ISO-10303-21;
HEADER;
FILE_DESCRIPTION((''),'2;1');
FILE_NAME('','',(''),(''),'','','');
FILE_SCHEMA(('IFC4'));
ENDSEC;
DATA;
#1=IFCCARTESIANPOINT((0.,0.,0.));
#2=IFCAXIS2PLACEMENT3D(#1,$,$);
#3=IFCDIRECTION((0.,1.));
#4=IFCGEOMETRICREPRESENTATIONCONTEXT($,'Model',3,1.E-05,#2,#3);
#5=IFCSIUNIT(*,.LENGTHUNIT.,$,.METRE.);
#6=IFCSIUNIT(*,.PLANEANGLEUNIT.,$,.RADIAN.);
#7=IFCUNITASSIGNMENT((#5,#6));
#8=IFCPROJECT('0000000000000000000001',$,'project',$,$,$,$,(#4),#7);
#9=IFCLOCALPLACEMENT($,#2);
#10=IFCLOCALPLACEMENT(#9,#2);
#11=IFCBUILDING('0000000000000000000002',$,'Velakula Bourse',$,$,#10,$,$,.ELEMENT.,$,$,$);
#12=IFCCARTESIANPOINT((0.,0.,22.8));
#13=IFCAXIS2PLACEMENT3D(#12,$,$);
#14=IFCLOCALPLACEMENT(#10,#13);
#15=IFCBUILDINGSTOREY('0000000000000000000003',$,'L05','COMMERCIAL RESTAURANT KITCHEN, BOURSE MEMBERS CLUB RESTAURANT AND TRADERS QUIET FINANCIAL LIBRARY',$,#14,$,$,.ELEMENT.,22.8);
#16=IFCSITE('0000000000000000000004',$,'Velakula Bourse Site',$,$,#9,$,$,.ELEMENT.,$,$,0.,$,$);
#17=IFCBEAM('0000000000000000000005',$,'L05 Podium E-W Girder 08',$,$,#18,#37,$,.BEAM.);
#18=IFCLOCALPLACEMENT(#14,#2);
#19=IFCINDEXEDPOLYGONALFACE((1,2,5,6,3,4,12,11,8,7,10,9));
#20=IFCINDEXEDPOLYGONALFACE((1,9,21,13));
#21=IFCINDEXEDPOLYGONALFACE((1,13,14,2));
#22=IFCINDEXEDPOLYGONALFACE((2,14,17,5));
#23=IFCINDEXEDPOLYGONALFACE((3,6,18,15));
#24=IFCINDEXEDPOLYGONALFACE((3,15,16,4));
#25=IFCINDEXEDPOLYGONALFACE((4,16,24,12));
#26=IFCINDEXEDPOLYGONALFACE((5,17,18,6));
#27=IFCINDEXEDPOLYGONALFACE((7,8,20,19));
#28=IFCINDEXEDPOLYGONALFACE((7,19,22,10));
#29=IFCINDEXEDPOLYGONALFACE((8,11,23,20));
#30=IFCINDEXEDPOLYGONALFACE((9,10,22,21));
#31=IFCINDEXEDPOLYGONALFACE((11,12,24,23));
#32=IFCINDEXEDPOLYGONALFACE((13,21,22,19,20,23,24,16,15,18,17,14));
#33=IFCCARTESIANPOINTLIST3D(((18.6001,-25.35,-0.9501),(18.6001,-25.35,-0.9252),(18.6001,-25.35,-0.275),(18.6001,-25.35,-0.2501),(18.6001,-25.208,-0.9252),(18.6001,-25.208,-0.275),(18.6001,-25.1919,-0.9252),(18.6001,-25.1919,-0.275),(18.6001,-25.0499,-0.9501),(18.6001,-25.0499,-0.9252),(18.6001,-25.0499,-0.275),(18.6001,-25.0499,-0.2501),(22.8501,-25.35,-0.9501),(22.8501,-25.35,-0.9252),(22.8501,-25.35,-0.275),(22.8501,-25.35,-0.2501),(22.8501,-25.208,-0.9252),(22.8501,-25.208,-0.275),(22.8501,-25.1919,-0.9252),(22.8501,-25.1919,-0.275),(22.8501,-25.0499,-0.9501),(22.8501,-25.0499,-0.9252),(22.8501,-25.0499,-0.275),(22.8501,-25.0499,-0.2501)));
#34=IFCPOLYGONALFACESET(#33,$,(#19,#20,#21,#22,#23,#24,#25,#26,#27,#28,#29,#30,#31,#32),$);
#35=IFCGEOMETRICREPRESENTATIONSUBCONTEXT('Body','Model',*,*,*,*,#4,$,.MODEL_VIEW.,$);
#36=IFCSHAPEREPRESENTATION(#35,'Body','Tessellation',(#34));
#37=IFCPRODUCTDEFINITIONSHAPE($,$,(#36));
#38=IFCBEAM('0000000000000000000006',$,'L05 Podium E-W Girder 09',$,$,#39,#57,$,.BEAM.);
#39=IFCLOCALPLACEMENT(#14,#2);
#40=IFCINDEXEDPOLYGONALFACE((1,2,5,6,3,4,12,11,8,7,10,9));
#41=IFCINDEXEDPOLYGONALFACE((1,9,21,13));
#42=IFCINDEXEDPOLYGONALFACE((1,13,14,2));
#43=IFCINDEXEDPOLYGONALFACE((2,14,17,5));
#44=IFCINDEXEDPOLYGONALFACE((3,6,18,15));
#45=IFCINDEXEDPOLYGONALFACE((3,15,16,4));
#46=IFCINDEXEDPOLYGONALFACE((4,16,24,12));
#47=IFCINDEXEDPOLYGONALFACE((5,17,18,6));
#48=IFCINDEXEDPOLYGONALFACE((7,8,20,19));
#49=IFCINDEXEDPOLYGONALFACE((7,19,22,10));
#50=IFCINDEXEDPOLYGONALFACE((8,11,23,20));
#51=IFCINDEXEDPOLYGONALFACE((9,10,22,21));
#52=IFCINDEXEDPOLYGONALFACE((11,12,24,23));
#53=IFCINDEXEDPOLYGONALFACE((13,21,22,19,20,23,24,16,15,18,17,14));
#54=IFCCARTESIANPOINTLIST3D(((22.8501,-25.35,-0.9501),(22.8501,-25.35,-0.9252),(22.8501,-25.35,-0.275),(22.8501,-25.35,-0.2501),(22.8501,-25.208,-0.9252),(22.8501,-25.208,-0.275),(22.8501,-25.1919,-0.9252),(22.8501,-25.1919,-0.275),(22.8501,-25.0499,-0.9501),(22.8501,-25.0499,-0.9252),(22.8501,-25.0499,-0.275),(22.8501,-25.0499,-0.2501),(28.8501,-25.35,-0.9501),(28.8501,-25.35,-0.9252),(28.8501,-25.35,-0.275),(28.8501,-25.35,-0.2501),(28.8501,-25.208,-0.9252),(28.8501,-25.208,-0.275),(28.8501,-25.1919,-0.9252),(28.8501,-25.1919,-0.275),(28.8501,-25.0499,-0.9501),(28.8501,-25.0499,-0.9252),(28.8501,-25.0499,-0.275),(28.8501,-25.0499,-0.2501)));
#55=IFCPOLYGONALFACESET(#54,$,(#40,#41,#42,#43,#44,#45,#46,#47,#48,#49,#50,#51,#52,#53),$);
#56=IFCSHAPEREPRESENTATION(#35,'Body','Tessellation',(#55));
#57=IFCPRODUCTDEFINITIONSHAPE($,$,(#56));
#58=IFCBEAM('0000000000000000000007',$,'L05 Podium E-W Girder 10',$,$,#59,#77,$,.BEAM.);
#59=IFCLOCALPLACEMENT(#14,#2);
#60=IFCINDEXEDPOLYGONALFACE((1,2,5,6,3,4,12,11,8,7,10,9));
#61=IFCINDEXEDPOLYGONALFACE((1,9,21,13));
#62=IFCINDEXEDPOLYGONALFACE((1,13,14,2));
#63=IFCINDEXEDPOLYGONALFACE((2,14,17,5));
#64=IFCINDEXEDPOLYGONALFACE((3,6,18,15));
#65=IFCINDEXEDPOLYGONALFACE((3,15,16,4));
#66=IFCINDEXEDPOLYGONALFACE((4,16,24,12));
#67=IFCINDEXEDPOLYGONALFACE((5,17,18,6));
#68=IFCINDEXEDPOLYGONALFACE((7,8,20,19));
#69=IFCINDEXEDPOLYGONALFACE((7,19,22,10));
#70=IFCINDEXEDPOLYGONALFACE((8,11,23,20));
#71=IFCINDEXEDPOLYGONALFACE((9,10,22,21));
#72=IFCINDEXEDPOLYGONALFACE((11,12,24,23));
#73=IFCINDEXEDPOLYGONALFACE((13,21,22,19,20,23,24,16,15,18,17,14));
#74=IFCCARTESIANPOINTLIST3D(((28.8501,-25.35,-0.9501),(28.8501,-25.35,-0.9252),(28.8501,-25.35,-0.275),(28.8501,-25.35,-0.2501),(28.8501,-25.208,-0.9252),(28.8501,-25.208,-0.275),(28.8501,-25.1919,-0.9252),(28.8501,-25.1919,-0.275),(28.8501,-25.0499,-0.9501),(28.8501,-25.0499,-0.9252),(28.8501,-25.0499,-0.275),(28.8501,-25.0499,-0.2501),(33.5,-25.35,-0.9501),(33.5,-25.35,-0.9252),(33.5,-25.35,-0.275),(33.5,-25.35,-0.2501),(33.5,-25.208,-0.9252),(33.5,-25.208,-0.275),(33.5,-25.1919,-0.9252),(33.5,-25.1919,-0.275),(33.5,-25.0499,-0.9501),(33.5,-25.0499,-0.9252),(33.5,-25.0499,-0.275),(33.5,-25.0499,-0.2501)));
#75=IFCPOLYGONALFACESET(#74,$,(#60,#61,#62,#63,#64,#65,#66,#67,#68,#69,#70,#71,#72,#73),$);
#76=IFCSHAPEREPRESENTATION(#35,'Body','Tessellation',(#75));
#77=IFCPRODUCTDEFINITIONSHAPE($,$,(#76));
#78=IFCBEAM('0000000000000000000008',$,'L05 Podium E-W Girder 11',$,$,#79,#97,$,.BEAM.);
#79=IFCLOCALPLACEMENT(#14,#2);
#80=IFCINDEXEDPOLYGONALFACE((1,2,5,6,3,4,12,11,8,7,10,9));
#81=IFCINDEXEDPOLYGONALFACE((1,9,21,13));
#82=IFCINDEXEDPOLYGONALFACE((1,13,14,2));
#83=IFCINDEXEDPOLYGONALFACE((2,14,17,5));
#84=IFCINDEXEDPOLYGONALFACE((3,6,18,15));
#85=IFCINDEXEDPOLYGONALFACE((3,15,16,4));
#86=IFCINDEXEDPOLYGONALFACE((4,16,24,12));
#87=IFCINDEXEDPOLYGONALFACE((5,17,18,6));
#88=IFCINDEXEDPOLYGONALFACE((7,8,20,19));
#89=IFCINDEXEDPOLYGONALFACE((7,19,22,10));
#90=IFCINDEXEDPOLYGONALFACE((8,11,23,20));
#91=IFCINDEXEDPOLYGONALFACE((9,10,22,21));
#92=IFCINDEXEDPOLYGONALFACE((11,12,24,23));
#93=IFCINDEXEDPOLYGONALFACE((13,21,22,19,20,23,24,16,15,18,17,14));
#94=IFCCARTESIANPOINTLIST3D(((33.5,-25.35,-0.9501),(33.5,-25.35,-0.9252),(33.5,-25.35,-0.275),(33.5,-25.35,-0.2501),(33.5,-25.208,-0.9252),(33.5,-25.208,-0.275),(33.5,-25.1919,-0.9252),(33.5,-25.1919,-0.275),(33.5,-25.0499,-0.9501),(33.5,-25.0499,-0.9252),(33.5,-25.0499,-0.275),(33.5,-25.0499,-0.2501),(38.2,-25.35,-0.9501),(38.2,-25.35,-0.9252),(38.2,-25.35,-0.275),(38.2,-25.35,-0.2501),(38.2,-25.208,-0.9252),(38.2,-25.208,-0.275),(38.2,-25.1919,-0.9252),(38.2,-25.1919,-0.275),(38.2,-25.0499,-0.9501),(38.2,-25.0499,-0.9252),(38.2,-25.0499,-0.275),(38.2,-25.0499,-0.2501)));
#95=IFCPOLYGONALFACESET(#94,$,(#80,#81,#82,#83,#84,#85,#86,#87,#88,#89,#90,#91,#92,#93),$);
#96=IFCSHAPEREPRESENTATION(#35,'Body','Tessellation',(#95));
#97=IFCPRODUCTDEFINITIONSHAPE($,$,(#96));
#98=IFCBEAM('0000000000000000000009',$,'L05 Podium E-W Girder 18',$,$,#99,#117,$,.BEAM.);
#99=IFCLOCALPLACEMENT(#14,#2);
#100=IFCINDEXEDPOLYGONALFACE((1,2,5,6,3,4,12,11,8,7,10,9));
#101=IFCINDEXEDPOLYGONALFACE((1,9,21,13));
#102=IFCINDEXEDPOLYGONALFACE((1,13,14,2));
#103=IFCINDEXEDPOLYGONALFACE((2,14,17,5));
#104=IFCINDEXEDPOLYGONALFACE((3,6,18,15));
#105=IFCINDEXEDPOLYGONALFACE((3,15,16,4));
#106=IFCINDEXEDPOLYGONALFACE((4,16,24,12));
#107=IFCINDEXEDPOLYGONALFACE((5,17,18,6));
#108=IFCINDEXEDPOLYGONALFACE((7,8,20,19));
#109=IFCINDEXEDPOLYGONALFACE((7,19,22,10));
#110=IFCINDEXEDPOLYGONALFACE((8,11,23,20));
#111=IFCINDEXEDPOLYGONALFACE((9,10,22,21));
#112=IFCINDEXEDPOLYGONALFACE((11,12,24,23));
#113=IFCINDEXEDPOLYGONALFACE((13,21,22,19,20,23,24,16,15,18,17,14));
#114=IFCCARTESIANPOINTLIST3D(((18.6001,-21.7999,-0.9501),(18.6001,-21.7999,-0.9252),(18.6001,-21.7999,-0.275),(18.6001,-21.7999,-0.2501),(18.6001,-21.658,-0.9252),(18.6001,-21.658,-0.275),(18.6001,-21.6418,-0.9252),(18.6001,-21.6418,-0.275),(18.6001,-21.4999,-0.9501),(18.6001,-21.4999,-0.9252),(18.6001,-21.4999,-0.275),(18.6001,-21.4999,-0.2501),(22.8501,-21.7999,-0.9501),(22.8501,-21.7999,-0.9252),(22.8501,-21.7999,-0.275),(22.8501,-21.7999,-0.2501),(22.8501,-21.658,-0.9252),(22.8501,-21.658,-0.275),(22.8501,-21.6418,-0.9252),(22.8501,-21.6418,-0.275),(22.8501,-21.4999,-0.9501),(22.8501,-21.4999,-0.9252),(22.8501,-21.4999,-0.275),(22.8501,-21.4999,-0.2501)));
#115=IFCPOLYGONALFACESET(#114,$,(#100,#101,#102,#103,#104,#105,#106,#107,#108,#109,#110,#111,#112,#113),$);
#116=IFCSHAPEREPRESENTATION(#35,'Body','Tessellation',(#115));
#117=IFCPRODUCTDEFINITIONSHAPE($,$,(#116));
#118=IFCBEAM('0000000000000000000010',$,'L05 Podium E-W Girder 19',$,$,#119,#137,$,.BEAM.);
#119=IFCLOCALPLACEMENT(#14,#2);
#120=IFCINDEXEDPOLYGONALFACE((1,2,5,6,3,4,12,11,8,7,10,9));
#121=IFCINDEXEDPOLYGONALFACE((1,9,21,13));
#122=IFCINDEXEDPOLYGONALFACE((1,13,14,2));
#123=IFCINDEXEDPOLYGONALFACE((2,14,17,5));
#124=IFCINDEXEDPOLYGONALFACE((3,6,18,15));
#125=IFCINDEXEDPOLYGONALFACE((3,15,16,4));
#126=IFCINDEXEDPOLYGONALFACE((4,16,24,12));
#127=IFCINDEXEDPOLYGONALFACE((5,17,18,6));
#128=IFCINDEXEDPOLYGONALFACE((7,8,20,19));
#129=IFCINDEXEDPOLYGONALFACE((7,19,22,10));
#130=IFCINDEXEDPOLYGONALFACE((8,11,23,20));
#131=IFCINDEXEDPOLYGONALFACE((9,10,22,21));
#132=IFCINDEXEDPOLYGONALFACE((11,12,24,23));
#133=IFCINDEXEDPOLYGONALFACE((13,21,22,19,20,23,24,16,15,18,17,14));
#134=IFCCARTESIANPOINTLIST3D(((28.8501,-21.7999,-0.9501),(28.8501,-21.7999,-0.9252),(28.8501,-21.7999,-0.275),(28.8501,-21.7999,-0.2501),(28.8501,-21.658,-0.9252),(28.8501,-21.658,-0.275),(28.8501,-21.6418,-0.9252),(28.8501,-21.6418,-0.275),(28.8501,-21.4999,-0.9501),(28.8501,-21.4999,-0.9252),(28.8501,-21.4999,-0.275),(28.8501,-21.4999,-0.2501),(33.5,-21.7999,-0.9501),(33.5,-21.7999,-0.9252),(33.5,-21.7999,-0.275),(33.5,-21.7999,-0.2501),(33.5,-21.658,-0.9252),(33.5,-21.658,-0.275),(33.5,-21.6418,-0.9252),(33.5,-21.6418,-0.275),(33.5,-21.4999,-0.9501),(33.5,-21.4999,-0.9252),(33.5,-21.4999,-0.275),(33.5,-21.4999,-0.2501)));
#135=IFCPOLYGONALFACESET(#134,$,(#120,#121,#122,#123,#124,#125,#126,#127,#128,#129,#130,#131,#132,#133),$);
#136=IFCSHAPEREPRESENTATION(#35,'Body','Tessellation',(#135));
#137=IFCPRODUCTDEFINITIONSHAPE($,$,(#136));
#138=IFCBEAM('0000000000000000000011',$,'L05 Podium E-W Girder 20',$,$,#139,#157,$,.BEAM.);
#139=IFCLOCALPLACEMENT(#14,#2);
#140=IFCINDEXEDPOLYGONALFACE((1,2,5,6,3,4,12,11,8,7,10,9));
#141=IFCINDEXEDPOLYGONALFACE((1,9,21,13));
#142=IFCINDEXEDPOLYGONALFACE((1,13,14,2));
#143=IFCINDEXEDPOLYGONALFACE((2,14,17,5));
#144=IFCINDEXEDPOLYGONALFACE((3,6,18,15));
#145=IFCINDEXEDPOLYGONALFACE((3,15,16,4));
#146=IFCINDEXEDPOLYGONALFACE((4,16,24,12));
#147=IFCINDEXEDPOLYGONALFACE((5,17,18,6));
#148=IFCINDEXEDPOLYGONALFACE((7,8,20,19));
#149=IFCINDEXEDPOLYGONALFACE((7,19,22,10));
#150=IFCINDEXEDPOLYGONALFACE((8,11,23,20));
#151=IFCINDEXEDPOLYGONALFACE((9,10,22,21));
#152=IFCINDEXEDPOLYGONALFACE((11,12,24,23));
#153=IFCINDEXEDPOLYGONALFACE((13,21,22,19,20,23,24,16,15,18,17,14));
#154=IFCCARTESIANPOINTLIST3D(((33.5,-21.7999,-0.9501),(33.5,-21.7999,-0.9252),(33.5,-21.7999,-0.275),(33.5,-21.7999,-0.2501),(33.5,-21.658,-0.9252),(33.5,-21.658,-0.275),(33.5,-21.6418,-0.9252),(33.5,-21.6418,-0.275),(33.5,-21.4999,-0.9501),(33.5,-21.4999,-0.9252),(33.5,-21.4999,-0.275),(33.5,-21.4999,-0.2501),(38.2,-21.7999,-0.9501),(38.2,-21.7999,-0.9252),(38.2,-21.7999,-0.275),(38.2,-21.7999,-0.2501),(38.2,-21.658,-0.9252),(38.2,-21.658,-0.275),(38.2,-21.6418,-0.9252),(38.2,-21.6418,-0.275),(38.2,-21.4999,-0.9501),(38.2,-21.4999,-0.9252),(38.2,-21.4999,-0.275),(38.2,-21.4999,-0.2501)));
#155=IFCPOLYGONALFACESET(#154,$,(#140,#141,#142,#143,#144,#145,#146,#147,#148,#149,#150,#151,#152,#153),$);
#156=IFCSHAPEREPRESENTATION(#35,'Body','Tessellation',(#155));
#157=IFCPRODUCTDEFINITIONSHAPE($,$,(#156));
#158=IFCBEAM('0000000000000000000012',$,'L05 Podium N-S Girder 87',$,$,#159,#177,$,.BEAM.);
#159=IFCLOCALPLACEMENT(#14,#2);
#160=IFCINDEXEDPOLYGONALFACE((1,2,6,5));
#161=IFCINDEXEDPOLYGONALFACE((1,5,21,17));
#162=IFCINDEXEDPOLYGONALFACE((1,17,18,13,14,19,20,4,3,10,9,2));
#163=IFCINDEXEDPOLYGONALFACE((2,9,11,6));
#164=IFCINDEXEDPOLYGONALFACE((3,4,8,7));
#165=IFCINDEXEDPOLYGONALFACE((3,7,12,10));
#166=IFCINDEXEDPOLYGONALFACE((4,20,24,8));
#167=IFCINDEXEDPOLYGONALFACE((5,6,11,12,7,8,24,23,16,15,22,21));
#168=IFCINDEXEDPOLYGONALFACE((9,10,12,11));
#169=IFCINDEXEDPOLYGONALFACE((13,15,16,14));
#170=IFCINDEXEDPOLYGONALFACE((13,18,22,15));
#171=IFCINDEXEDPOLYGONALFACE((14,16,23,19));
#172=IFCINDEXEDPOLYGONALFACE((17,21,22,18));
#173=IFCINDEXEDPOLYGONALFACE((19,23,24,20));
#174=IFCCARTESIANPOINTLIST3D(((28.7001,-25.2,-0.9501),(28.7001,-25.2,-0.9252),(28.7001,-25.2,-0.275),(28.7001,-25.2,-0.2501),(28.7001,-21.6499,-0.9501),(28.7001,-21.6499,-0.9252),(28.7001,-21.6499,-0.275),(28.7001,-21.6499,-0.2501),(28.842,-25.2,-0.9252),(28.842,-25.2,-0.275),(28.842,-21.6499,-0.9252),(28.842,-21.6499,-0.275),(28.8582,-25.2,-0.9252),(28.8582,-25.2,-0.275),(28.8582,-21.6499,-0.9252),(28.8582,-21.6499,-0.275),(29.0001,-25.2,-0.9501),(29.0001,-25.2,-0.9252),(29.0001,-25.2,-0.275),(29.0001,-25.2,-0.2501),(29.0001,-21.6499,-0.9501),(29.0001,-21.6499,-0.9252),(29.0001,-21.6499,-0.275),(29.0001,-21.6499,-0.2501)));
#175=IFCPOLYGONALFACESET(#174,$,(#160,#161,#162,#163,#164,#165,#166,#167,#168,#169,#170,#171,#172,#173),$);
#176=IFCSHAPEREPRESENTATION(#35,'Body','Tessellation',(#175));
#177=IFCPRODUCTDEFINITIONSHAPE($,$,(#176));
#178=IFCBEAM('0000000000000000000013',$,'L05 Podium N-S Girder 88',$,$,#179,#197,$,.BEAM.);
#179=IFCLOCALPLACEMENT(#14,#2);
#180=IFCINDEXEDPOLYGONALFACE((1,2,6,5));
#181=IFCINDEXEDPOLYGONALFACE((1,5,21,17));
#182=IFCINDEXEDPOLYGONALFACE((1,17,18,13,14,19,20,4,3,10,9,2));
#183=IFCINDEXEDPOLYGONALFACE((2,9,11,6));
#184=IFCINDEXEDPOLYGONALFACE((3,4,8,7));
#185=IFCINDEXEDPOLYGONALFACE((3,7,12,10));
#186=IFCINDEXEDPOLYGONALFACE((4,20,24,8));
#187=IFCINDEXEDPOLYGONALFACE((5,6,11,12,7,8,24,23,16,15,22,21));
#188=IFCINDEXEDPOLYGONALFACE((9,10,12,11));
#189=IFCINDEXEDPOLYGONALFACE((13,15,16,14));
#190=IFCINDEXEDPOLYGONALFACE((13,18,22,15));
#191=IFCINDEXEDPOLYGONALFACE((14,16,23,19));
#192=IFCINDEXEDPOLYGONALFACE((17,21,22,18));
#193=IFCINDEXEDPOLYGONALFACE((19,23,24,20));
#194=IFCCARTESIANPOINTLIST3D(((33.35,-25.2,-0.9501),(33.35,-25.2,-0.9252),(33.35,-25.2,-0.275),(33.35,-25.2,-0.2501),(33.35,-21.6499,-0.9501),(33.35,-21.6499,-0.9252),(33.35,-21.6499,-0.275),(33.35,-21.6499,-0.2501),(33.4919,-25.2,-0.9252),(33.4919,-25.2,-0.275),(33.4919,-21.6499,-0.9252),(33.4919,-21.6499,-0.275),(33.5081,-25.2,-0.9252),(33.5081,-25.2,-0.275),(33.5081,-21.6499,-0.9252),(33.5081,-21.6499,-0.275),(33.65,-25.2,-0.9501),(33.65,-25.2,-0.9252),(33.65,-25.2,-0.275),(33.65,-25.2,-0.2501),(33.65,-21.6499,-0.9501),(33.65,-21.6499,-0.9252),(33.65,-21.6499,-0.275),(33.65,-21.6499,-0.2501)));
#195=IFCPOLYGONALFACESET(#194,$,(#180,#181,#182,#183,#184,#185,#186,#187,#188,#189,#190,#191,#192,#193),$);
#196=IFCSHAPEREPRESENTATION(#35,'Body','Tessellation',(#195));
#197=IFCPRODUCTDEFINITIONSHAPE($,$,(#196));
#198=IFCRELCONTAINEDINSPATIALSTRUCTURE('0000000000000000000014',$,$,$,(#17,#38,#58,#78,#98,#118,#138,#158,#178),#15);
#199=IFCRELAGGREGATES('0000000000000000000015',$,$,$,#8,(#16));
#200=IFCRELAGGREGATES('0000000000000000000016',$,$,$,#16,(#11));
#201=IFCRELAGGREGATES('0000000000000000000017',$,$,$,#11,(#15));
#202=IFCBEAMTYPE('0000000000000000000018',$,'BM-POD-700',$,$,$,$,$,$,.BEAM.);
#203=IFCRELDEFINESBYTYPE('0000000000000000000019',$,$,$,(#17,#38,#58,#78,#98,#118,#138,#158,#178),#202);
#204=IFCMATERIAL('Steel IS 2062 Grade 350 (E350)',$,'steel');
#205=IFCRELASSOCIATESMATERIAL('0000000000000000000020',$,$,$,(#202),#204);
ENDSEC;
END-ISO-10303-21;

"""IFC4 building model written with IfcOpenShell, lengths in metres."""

from ifc_helpers import new_model, si_unit, direction, frame, origin, origin_2d, place, context, subcontext, project, spatial, i_section, extrude, material, material_profile, profile_set, type_object, element, save


model = new_model("IFC4")

# Units and contexts
model_context = context("Model", 3, precision=1e-05, world=origin(), true_north=direction((0.0, 1.0)))
body_context = subcontext(model_context, "Body", "Model", "MODEL_VIEW")
ifc_project = project(units=[si_unit("LENGTHUNIT", "METRE"), si_unit("PLANEANGLEUNIT", "RADIAN")], contexts=[model_context])

# Site, building, storey
site_placement = place(None, origin())
site = spatial("IfcSite", under=ifc_project, at=site_placement, Name="Velakula Bourse Site", CompositionType="ELEMENT", RefElevation=0.0)
building_placement = place(site_placement, origin())
building = spatial("IfcBuilding", under=site, at=building_placement, Name="Velakula Bourse", CompositionType="ELEMENT")
storey_placement = place(building_placement, frame((0.0, 0.0, 22.8)))
storey = spatial("IfcBuildingStorey", under=building, at=storey_placement, Name="L05", Description="COMMERCIAL RESTAURANT KITCHEN, BOURSE MEMBERS CLUB RESTAURANT AND TRADERS QUIET FINANCIAL LIBRARY", CompositionType="ELEMENT", Elevation=22.8)

# Beams
ifc_material_1 = material(Name="Steel IS 2062 Grade 350 (E350)", Category="steel")
ifc_material_profile_1 = material_profile(ifc_material_1, i_section(OverallWidth=0.3, OverallDepth=0.7, WebThickness=0.0161, FlangeThickness=0.0249, at=origin_2d()), Name="Steel IS 2062 Grade 350 (E350)")
ifc_profile_set_1 = profile_set([ifc_material_profile_1], Name="Steel IS 2062 Grade 350 (E350)")
beam_type_1 = type_object("IfcBeamType", Name="BM-POD-700", PredefinedType="BEAM", material=ifc_profile_set_1)
beam_1_placement = place(storey_placement, frame((18.6001, -25.2, -0.6001), z_axis=(1.0, 0.0, 0.0), x_axis=(0.0, 1.0, 0.0)))
element("IfcBeam", 1, at=beam_1_placement, inside=storey, type_object=beam_type_1, Name="L05 Podium E-W Girder 08", PredefinedType="BEAM", context=body_context, shape_type="SweptSolid", body=[
    extrude(i_section(OverallWidth=0.3, OverallDepth=0.7, WebThickness=0.0161, FlangeThickness=0.0249, at=origin_2d()), origin(), (0.0, 0.0, 1.0), 4.25),
])
beam_2_placement = place(storey_placement, frame((22.8501, -25.2, -0.6001), z_axis=(1.0, 0.0, 0.0), x_axis=(0.0, 1.0, 0.0)))
element("IfcBeam", 2, at=beam_2_placement, inside=storey, type_object=beam_type_1, Name="L05 Podium E-W Girder 09", PredefinedType="BEAM", context=body_context, shape_type="SweptSolid", body=[
    extrude(i_section(OverallWidth=0.3, OverallDepth=0.7, WebThickness=0.0161, FlangeThickness=0.0249, at=origin_2d()), origin(), (0.0, 0.0, 1.0), 6.0),
])
beam_3_placement = place(storey_placement, frame((28.8501, -25.2, -0.6001), z_axis=(1.0, 0.0, 0.0), x_axis=(0.0, 1.0, 0.0)))
element("IfcBeam", 3, at=beam_3_placement, inside=storey, type_object=beam_type_1, Name="L05 Podium E-W Girder 10", PredefinedType="BEAM", context=body_context, shape_type="SweptSolid", body=[
    extrude(i_section(OverallWidth=0.3, OverallDepth=0.7, WebThickness=0.0161, FlangeThickness=0.0249, at=origin_2d()), origin(), (0.0, 0.0, 1.0), 4.6499),
])
beam_4_placement = place(storey_placement, frame((33.5, -25.2, -0.6001), z_axis=(1.0, 0.0, 0.0), x_axis=(0.0, 1.0, 0.0)))
element("IfcBeam", 4, at=beam_4_placement, inside=storey, type_object=beam_type_1, Name="L05 Podium E-W Girder 11", PredefinedType="BEAM", context=body_context, shape_type="SweptSolid", body=[
    extrude(i_section(OverallWidth=0.3, OverallDepth=0.7, WebThickness=0.0161, FlangeThickness=0.0249, at=origin_2d()), origin(), (0.0, 0.0, 1.0), 4.7),
])
beam_5_placement = place(storey_placement, frame((18.6001, -21.6499, -0.6001), z_axis=(1.0, 0.0, 0.0), x_axis=(0.0, 1.0, 0.0)))
element("IfcBeam", 5, at=beam_5_placement, inside=storey, type_object=beam_type_1, Name="L05 Podium E-W Girder 18", PredefinedType="BEAM", context=body_context, shape_type="SweptSolid", body=[
    extrude(i_section(OverallWidth=0.3, OverallDepth=0.7, WebThickness=0.0161, FlangeThickness=0.0249, at=origin_2d()), origin(), (0.0, 0.0, 1.0), 4.25),
])
beam_6_placement = place(storey_placement, frame((28.8501, -21.6499, -0.6001), z_axis=(1.0, 0.0, 0.0), x_axis=(0.0, 1.0, 0.0)))
element("IfcBeam", 6, at=beam_6_placement, inside=storey, type_object=beam_type_1, Name="L05 Podium E-W Girder 19", PredefinedType="BEAM", context=body_context, shape_type="SweptSolid", body=[
    extrude(i_section(OverallWidth=0.3, OverallDepth=0.7, WebThickness=0.0161, FlangeThickness=0.0249, at=origin_2d()), origin(), (0.0, 0.0, 1.0), 4.6499),
])
beam_7_placement = place(storey_placement, frame((33.5, -21.6499, -0.6001), z_axis=(1.0, 0.0, 0.0), x_axis=(0.0, 1.0, 0.0)))
element("IfcBeam", 7, at=beam_7_placement, inside=storey, type_object=beam_type_1, Name="L05 Podium E-W Girder 20", PredefinedType="BEAM", context=body_context, shape_type="SweptSolid", body=[
    extrude(i_section(OverallWidth=0.3, OverallDepth=0.7, WebThickness=0.0161, FlangeThickness=0.0249, at=origin_2d()), origin(), (0.0, 0.0, 1.0), 4.7),
])
for number, where, z_axis, x_axis, name in (
    (8, (28.8501, -25.2, -0.6001), (0.0, 1.0, 0.0), (-1.0, 0.0, 0.0), "L05 Podium N-S Girder 87"),
    (9, (33.5, -25.2, -0.6001), (0.0, 1.0, 0.0), (-1.0, 0.0, 0.0), "L05 Podium N-S Girder 88"),
):
    element("IfcBeam", number, at=place(storey_placement, frame(where, z_axis=z_axis, x_axis=x_axis)), inside=storey, type_object=beam_type_1, Name=name, PredefinedType="BEAM", context=body_context, shape_type="SweptSolid", body=[
        extrude(i_section(OverallWidth=0.3, OverallDepth=0.7, WebThickness=0.0161, FlangeThickness=0.0249, at=origin_2d()), origin(), (0.0, 0.0, 1.0), 3.55),
    ])

save(model, "model.ifc")
